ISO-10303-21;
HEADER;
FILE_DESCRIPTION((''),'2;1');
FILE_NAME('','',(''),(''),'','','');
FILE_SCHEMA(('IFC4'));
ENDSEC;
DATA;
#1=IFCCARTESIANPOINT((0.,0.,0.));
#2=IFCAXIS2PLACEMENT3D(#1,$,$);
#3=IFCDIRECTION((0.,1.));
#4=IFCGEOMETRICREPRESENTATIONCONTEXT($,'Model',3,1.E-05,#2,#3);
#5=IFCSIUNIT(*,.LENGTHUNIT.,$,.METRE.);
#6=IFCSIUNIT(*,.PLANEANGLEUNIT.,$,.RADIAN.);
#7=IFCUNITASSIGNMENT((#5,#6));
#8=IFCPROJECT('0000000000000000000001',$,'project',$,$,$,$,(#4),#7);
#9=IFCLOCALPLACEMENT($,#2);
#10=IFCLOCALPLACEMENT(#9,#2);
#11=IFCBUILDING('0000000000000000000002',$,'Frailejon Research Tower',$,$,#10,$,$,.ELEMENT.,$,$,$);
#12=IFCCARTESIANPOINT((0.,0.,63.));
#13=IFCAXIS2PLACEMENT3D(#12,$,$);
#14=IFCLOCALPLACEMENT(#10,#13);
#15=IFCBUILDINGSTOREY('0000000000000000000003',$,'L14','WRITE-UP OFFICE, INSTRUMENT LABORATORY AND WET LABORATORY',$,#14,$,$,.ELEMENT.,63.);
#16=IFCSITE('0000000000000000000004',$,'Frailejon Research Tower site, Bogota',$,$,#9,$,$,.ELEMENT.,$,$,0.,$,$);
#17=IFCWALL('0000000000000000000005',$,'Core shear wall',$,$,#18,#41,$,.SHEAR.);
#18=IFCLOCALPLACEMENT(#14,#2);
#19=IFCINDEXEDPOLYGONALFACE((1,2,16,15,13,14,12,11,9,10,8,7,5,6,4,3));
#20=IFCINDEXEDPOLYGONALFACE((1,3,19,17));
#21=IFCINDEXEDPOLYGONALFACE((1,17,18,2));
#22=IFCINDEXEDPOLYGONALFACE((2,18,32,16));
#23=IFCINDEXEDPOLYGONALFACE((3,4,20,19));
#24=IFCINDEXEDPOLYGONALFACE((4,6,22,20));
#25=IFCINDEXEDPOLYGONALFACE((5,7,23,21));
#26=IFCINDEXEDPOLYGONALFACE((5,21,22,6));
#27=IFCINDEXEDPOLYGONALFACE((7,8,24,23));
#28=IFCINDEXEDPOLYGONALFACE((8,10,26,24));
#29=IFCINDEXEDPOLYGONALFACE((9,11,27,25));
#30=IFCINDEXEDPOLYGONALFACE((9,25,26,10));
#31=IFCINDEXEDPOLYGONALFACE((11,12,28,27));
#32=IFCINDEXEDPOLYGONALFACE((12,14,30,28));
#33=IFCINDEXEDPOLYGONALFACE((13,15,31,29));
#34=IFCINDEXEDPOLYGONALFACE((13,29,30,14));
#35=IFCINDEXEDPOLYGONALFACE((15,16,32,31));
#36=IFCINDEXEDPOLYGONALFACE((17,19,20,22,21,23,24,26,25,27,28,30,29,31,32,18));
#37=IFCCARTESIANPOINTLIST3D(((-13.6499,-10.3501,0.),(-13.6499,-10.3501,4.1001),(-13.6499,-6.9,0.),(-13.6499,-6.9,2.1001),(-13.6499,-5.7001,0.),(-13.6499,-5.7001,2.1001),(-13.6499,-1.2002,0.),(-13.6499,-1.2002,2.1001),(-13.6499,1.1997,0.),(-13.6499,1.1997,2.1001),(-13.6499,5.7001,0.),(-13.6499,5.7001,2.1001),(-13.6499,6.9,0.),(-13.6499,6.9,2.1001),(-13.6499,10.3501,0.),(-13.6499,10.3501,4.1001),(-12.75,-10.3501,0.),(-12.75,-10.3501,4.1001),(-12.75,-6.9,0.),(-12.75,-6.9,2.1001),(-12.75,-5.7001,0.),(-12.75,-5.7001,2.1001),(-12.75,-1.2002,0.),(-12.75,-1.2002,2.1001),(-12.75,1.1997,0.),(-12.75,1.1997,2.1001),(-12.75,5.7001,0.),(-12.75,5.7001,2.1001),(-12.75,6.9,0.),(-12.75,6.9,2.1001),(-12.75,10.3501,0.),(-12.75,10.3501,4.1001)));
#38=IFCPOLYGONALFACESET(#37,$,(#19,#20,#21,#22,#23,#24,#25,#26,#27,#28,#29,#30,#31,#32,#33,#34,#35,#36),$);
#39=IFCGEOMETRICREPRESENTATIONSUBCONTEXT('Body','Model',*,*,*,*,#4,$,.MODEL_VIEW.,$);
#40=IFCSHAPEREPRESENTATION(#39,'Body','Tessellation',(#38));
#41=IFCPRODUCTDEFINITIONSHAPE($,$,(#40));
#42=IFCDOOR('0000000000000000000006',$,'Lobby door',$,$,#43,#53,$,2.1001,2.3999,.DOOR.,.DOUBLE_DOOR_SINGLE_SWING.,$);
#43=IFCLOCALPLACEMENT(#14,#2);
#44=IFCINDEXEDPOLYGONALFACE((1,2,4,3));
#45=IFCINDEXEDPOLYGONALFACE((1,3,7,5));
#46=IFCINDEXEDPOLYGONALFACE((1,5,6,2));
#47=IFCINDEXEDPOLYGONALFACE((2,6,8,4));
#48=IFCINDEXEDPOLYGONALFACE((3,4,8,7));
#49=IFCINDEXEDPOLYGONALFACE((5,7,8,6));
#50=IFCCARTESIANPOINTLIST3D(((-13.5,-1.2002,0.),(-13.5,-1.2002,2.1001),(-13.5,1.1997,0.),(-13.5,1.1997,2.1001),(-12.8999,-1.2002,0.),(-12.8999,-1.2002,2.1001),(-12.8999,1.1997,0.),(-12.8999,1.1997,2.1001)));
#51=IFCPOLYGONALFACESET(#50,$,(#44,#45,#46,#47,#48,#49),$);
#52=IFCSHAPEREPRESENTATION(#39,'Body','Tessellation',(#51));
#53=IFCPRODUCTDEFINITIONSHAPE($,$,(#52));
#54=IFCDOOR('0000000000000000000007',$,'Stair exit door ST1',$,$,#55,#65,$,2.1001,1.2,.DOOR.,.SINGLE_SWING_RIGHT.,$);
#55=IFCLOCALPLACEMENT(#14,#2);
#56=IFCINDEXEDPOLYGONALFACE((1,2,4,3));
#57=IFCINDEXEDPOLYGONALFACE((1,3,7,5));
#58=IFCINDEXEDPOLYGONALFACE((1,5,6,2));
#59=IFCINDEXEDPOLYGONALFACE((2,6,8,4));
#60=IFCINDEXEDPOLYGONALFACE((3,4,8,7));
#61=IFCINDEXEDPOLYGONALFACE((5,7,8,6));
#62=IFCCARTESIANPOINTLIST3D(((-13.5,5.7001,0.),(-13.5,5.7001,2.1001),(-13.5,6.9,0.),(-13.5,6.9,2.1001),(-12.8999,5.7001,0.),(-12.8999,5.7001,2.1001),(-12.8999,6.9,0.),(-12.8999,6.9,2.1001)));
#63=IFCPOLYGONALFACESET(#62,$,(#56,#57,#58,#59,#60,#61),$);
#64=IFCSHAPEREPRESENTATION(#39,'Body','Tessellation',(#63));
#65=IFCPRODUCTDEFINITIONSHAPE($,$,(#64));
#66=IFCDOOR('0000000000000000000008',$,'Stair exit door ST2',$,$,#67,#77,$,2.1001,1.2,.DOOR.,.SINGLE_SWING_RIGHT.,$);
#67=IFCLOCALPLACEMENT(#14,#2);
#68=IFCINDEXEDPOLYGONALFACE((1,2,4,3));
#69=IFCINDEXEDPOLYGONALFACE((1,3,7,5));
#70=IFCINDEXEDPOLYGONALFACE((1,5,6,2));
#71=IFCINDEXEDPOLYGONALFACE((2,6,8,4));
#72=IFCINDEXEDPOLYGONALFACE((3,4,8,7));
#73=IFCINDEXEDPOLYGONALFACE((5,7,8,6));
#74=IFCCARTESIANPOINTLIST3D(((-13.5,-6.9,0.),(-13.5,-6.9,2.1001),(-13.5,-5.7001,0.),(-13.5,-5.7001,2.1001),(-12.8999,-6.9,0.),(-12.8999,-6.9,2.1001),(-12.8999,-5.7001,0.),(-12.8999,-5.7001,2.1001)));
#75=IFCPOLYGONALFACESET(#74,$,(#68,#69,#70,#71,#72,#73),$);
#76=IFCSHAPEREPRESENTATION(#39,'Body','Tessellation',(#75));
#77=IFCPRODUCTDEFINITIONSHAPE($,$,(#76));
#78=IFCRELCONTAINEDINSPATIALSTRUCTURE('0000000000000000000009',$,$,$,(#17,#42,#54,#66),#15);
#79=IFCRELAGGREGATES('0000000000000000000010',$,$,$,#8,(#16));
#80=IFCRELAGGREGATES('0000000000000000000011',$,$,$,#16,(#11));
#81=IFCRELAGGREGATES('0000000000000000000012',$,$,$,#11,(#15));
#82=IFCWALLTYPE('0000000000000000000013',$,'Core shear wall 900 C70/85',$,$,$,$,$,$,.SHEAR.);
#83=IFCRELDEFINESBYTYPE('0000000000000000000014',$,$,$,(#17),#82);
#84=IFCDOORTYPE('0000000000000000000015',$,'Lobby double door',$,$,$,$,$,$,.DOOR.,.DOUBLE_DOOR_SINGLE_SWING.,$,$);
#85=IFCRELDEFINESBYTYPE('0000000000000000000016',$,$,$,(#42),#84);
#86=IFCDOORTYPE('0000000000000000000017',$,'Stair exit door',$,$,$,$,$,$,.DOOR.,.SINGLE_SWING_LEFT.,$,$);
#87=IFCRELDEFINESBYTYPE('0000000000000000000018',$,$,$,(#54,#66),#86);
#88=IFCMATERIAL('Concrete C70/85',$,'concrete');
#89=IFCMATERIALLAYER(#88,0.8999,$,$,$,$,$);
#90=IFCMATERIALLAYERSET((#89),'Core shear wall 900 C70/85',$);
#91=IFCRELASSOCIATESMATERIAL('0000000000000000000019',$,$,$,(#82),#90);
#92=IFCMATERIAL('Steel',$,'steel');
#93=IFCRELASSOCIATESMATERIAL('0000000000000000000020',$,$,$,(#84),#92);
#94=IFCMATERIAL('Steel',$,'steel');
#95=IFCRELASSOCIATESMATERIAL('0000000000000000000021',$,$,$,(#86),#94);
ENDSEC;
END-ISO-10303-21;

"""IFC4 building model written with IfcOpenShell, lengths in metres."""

from ifc_helpers import new_model, si_unit, direction, frame, frame_2d, origin, place, context, subcontext, project, spatial, rectangle, extrude, material, layer, layer_set, type_object, element, fill, save


model = new_model("IFC4")

# Units and contexts
model_context = context("Model", 3, precision=1e-05, world=origin(), true_north=direction((0.0, 1.0)))
body_context = subcontext(model_context, "Body", "Model", "MODEL_VIEW")
ifc_project = project(units=[si_unit("LENGTHUNIT", "METRE"), si_unit("PLANEANGLEUNIT", "RADIAN")], contexts=[model_context])

# Site, building, storey
site_placement = place(None, origin())
site = spatial("IfcSite", under=ifc_project, at=site_placement, Name="Frailejon Research Tower site, Bogota", CompositionType="ELEMENT", RefElevation=0.0)
building_placement = place(site_placement, origin())
building = spatial("IfcBuilding", under=site, at=building_placement, Name="Frailejon Research Tower", CompositionType="ELEMENT")
storey_placement = place(building_placement, frame((0.0, 0.0, 63.0)))
storey = spatial("IfcBuildingStorey", under=building, at=storey_placement, Name="L14", Description="WRITE-UP OFFICE, INSTRUMENT LABORATORY AND WET LABORATORY", CompositionType="ELEMENT", Elevation=63.0)

# Wall, openings, doors
ifc_material_1 = material(Name="Concrete C70/85", Category="concrete")
ifc_layer_1 = layer(ifc_material_1, 0.8999)
ifc_layer_set_1 = layer_set([ifc_layer_1], Name="Core shear wall 900 C70/85")
wall_type_1 = type_object("IfcWallType", Name="Core shear wall 900 C70/85", PredefinedType="SHEAR", material=ifc_layer_set_1)
wall_1_placement = place(storey_placement, frame((-13.2, -10.3501, 0.0), z_axis=(0.0, 0.0, 1.0), x_axis=(0.0, 1.0, 0.0)))
wall_1 = element("IfcWall", 1, at=wall_1_placement, inside=storey, type_object=wall_type_1, Name="Core shear wall", PredefinedType="SHEAR", context=body_context, shape_type="SweptSolid", body=[
    extrude(rectangle(XDim=20.7002, YDim=0.8999, at=frame_2d((10.3501, 0.0))), origin(), (0.0, 0.0, 1.0), 4.1001),
])
opening_1_placement = place(wall_1_placement, frame((9.1499, 0.0, 0.0)))
opening_1 = element("IfcOpeningElement", 2, at=opening_1_placement, cuts=wall_1, PredefinedType="OPENING", context=body_context, shape_type="SweptSolid", body=[
    extrude(rectangle(XDim=2.3999, YDim=2.1001, at=frame_2d((1.2, 1.05))), frame((0.0, 0.46, 0.0), z_axis=(0.0, -1.0, 0.0), x_axis=(1.0, 0.0, 0.0)), (0.0, 0.0, 1.0), 0.9199),
])
opening_2_placement = place(wall_1_placement, frame((16.05, 0.0, 0.0)))
opening_2 = element("IfcOpeningElement", 3, at=opening_2_placement, cuts=wall_1, PredefinedType="OPENING", context=body_context, shape_type="SweptSolid", body=[
    extrude(rectangle(XDim=1.2, YDim=2.1001, at=frame_2d((0.6001, 1.05))), frame((0.0, 0.46, 0.0), z_axis=(0.0, -1.0, 0.0), x_axis=(1.0, 0.0, 0.0)), (0.0, 0.0, 1.0), 0.9199),
])
opening_3_placement = place(wall_1_placement, frame((3.45, 0.0, 0.0)))
opening_3 = element("IfcOpeningElement", 4, at=opening_3_placement, cuts=wall_1, PredefinedType="OPENING", context=body_context, shape_type="SweptSolid", body=[
    extrude(rectangle(XDim=1.2, YDim=2.1001, at=frame_2d((0.6001, 1.05))), frame((0.0, 0.46, 0.0), z_axis=(0.0, -1.0, 0.0), x_axis=(1.0, 0.0, 0.0)), (0.0, 0.0, 1.0), 0.9199),
])
ifc_material_2 = material(Name="Steel", Category="steel")
door_type_1 = type_object("IfcDoorType", Name="Lobby double door", OperationType="DOUBLE_DOOR_SINGLE_SWING", PredefinedType="DOOR", material=ifc_material_2)
door_1_placement = place(opening_1_placement, origin())
door_1 = element("IfcDoor", 5, at=door_1_placement, inside=storey, type_object=door_type_1, Name="Lobby door", OperationType="DOUBLE_DOOR_SINGLE_SWING", OverallHeight=2.1001, OverallWidth=2.3999, PredefinedType="DOOR", context=body_context, shape_type="SweptSolid", body=[
    extrude(rectangle(XDim=2.3999, YDim=2.1001, at=frame_2d((1.2, 1.05))), frame((0.0, 0.3, 0.0), z_axis=(0.0, -1.0, 0.0), x_axis=(1.0, 0.0, 0.0)), (0.0, 0.0, 1.0), 0.6001),
])
fill(opening_1, door_1)
ifc_material_3 = material(Name="Steel", Category="steel")
door_type_2 = type_object("IfcDoorType", Name="Stair exit door", OperationType="SINGLE_SWING_LEFT", PredefinedType="DOOR", material=ifc_material_3)
door_2_placement = place(opening_2_placement, origin())
door_2 = element("IfcDoor", 6, at=door_2_placement, inside=storey, type_object=door_type_2, Name="Stair exit door ST1", OperationType="SINGLE_SWING_RIGHT", OverallHeight=2.1001, OverallWidth=1.2, PredefinedType="DOOR", context=body_context, shape_type="SweptSolid", body=[
    extrude(rectangle(XDim=1.2, YDim=2.1001, at=frame_2d((0.6001, 1.05))), frame((0.0, 0.3, 0.0), z_axis=(0.0, -1.0, 0.0), x_axis=(1.0, 0.0, 0.0)), (0.0, 0.0, 1.0), 0.6001),
])
fill(opening_2, door_2)
door_3_placement = place(opening_3_placement, origin())
door_3 = element("IfcDoor", 7, at=door_3_placement, inside=storey, type_object=door_type_2, Name="Stair exit door ST2", OperationType="SINGLE_SWING_RIGHT", OverallHeight=2.1001, OverallWidth=1.2, PredefinedType="DOOR", context=body_context, shape_type="SweptSolid", body=[
    extrude(rectangle(XDim=1.2, YDim=2.1001, at=frame_2d((0.6001, 1.05))), frame((0.0, 0.3, 0.0), z_axis=(0.0, -1.0, 0.0), x_axis=(1.0, 0.0, 0.0)), (0.0, 0.0, 1.0), 0.6001),
])
fill(opening_3, door_3)

save(model, "model.ifc")
